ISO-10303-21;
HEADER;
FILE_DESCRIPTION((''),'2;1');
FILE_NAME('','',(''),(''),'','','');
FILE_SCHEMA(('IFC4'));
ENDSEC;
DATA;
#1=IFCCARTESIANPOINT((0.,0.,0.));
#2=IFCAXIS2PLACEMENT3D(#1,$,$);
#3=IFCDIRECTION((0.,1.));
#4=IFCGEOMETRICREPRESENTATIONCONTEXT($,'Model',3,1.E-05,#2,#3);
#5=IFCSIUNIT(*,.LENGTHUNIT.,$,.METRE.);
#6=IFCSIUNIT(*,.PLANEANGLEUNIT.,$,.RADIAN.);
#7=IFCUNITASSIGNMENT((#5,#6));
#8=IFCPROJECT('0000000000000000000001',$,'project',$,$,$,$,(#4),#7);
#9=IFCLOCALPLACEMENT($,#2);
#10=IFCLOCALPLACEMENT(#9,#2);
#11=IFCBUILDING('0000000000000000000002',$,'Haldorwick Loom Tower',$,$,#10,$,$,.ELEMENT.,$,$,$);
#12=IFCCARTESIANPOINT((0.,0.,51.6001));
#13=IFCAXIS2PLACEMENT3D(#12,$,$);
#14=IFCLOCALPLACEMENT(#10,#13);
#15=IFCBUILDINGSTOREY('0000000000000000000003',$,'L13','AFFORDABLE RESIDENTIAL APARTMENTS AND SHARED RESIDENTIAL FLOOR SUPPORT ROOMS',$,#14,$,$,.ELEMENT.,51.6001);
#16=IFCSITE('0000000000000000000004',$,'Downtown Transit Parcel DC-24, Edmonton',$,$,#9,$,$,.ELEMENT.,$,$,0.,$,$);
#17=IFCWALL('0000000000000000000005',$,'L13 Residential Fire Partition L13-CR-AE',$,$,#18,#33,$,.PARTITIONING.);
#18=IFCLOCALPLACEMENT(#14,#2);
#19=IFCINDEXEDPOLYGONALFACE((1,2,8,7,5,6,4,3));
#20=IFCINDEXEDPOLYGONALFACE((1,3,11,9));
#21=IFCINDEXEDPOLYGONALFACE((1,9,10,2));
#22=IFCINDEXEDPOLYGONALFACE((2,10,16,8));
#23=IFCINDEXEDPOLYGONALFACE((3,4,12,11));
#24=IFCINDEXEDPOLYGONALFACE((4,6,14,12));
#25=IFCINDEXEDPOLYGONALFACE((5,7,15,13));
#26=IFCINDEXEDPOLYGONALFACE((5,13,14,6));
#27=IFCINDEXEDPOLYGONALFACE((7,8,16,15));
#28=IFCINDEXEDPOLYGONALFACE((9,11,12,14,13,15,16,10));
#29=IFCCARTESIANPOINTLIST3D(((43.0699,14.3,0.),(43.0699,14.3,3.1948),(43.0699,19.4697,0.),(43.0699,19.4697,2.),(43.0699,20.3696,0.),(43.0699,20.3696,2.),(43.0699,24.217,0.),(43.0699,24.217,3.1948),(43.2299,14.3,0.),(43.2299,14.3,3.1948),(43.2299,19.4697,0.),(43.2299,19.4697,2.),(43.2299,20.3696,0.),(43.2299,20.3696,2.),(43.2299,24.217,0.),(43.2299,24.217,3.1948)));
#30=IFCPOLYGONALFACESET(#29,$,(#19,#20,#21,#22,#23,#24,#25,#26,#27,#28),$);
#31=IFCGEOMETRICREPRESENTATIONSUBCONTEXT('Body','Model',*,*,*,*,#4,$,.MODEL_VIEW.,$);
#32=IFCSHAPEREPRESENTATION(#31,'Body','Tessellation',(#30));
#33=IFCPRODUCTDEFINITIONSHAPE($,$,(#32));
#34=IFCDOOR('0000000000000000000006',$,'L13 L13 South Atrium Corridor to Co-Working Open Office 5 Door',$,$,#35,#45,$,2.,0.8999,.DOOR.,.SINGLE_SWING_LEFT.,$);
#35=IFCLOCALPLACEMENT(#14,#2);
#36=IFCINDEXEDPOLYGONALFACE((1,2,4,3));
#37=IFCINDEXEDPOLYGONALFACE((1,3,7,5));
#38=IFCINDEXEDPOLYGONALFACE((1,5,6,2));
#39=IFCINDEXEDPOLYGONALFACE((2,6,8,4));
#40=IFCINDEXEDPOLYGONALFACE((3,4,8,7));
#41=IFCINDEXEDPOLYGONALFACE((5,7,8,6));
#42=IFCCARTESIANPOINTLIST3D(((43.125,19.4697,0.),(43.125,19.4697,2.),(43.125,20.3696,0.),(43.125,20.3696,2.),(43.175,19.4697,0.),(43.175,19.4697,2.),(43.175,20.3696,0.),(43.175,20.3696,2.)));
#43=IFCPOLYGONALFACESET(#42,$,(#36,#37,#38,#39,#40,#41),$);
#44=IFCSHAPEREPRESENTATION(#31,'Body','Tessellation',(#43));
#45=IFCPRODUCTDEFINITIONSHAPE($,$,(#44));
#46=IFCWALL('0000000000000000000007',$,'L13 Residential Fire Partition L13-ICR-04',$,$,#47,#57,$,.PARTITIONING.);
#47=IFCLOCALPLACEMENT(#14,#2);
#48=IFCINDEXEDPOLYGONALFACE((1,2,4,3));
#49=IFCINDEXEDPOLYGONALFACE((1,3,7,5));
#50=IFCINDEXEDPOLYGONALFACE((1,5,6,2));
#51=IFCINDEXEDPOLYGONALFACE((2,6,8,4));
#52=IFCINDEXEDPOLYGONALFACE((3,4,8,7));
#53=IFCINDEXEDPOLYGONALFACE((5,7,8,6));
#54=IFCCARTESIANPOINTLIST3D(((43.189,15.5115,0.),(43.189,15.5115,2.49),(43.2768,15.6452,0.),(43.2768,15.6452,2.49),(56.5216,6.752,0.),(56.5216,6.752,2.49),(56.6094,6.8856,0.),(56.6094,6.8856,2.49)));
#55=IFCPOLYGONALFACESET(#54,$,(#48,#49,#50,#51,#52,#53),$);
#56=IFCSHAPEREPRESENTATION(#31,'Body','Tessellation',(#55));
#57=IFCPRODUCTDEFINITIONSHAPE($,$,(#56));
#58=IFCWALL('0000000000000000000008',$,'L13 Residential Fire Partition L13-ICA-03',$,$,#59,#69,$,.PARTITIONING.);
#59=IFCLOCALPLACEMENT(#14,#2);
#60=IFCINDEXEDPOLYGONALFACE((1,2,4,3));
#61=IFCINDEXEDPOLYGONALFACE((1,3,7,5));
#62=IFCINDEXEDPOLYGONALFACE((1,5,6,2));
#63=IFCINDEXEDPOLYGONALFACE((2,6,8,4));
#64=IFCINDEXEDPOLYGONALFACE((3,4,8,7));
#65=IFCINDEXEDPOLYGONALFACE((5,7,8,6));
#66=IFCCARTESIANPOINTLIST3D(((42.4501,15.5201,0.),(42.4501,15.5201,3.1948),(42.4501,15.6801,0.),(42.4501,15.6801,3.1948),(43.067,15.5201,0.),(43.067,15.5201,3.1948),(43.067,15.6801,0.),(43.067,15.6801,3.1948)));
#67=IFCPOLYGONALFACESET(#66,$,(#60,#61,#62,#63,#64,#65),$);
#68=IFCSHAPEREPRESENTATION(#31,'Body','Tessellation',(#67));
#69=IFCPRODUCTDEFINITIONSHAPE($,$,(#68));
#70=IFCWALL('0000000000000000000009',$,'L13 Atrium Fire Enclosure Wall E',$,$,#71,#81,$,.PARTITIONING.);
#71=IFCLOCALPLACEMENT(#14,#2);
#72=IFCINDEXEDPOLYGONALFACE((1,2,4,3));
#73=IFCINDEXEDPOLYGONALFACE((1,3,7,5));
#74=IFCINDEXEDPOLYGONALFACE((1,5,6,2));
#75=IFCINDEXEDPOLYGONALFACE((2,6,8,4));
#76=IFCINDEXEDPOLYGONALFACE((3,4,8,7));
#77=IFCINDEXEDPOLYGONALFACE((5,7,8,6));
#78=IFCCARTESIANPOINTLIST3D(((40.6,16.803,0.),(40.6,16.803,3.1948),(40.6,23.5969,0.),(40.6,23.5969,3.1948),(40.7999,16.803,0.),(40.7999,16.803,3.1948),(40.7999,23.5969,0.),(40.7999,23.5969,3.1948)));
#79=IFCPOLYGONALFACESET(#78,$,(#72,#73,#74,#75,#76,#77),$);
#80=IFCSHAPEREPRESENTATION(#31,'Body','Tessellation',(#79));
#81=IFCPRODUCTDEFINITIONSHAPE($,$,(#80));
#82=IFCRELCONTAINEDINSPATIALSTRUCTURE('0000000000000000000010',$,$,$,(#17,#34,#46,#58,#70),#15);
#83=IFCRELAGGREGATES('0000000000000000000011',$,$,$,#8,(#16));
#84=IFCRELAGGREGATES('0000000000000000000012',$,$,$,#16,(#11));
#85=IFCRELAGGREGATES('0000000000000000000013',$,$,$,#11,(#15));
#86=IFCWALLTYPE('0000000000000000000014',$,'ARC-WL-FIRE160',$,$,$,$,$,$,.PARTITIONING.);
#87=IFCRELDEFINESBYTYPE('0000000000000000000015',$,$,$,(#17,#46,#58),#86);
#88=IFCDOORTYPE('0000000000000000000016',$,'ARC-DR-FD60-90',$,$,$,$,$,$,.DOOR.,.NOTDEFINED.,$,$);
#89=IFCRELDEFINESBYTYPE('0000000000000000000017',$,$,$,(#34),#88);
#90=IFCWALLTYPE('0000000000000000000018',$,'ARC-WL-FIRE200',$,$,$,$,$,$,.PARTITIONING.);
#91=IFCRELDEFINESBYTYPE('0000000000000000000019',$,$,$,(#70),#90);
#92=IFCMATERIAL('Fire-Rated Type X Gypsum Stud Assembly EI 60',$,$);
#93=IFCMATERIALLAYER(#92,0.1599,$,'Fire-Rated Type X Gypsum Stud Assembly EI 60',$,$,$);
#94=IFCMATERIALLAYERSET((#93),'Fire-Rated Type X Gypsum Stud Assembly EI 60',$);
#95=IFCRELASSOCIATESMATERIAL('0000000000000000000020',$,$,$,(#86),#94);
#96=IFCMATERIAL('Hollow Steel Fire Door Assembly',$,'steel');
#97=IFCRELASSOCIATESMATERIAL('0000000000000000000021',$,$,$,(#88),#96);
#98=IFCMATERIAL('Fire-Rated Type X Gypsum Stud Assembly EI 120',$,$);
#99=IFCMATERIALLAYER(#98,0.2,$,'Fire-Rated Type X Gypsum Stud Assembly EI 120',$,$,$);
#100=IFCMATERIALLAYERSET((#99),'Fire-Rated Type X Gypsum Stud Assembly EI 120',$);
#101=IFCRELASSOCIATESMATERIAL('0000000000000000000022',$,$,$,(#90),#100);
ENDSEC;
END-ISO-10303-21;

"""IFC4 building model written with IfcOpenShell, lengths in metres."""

from ifc_helpers import new_model, si_unit, direction, frame, frame_2d, origin, place, context, subcontext, project, spatial, rectangle, extrude, material, layer, layer_set, type_object, element, fill, save


model = new_model("IFC4")

# Units and contexts
model_context = context("Model", 3, precision=1e-05, world=origin(), true_north=direction((0.0, 1.0)))
body_context = subcontext(model_context, "Body", "Model", "MODEL_VIEW")
ifc_project = project(units=[si_unit("LENGTHUNIT", "METRE"), si_unit("PLANEANGLEUNIT", "RADIAN")], contexts=[model_context])

# Site, building, storey
site_placement = place(None, origin())
site = spatial("IfcSite", under=ifc_project, at=site_placement, Name="Downtown Transit Parcel DC-24, Edmonton", CompositionType="ELEMENT", RefElevation=0.0)
building_placement = place(site_placement, origin())
building = spatial("IfcBuilding", under=site, at=building_placement, Name="Haldorwick Loom Tower", CompositionType="ELEMENT")
storey_placement = place(building_placement, frame((0.0, 0.0, 51.6001)))
storey = spatial("IfcBuildingStorey", under=building, at=storey_placement, Name="L13", Description="AFFORDABLE RESIDENTIAL APARTMENTS AND SHARED RESIDENTIAL FLOOR SUPPORT ROOMS", CompositionType="ELEMENT", Elevation=51.6001)

# Wall, opening, door
ifc_material_1 = material(Name="Fire-Rated Type X Gypsum Stud Assembly EI 60")
ifc_layer_1 = layer(ifc_material_1, 0.1599, Name="Fire-Rated Type X Gypsum Stud Assembly EI 60")
ifc_layer_set_1 = layer_set([ifc_layer_1], Name="Fire-Rated Type X Gypsum Stud Assembly EI 60")
wall_type_1 = type_object("IfcWallType", Name="ARC-WL-FIRE160", PredefinedType="PARTITIONING", material=ifc_layer_set_1)
wall_1_placement = place(storey_placement, frame((43.1499, 14.3, 0.0), z_axis=(0.0, 0.0, 1.0), x_axis=(0.0, 1.0, 0.0)))
wall_1 = element("IfcWall", 1, at=wall_1_placement, inside=storey, type_object=wall_type_1, Name="L13 Residential Fire Partition L13-CR-AE", PredefinedType="PARTITIONING", context=body_context, shape_type="SweptSolid", body=[
    extrude(rectangle(XDim=9.917, YDim=0.1599, at=frame_2d((4.9585, 0.0))), origin(), (0.0, 0.0, 1.0), 3.1948),
])
opening_placement = place(wall_1_placement, frame((5.1697, 0.0, 0.0)))
opening = element("IfcOpeningElement", 2, at=opening_placement, cuts=wall_1, PredefinedType="OPENING", context=body_context, shape_type="SweptSolid", body=[
    extrude(rectangle(XDim=0.8999, YDim=2.0, at=frame_2d((0.45, 1.0))), frame((0.0, 0.0898, 0.0), z_axis=(0.0, -1.0, 0.0), x_axis=(1.0, 0.0, 0.0)), (0.0, 0.0, 1.0), 0.1799),
])
ifc_material_2 = material(Name="Hollow Steel Fire Door Assembly", Category="steel")
door_type = type_object("IfcDoorType", Name="ARC-DR-FD60-90", OperationType="NOTDEFINED", PredefinedType="DOOR", material=ifc_material_2)
door_placement = place(opening_placement, origin())
door = element("IfcDoor", 3, at=door_placement, inside=storey, type_object=door_type, Name="L13 L13 South Atrium Corridor to Co-Working Open Office 5 Door", OperationType="SINGLE_SWING_LEFT", OverallHeight=2.0, OverallWidth=0.8999, PredefinedType="DOOR", context=body_context, shape_type="SweptSolid", body=[
    extrude(rectangle(XDim=0.8999, YDim=2.0, at=frame_2d((0.45, 1.0))), frame((0.0, 0.0249, 0.0), z_axis=(0.0, -1.0, 0.0), x_axis=(1.0, 0.0, 0.0)), (0.0, 0.0, 1.0), 0.05),
])
fill(opening, door)

# Walls
wall_2_placement = place(storey_placement, frame((43.2329, 15.5784, 0.0), z_axis=(0.0, 0.0, 1.0), x_axis=(0.835759, -0.549097, 0.0)))
element("IfcWall", 4, at=wall_2_placement, inside=storey, type_object=wall_type_1, Name="L13 Residential Fire Partition L13-ICR-04", PredefinedType="PARTITIONING", context=body_context, shape_type="SweptSolid", body=[
    extrude(rectangle(XDim=15.9526, YDim=0.1599, at=frame_2d((7.9763, 0.0))), origin(), (0.0, 0.0, 1.0), 2.49),
])
wall_3_placement = place(storey_placement, frame((42.45, 15.6001, 0.0), z_axis=(0.0, 0.0, 1.0), x_axis=(1.0, 0.0, 0.0)))
element("IfcWall", 5, at=wall_3_placement, inside=storey, type_object=wall_type_1, Name="L13 Residential Fire Partition L13-ICA-03", PredefinedType="PARTITIONING", context=body_context, shape_type="SweptSolid", body=[
    extrude(rectangle(XDim=0.6169, YDim=0.1599, at=frame_2d((0.3086, 0.0))), origin(), (0.0, 0.0, 1.0), 3.1948),
])
ifc_material_3 = material(Name="Fire-Rated Type X Gypsum Stud Assembly EI 120")
ifc_layer_2 = layer(ifc_material_3, 0.2, Name="Fire-Rated Type X Gypsum Stud Assembly EI 120")
ifc_layer_set_2 = layer_set([ifc_layer_2], Name="Fire-Rated Type X Gypsum Stud Assembly EI 120")
wall_type_2 = type_object("IfcWallType", Name="ARC-WL-FIRE200", PredefinedType="PARTITIONING", material=ifc_layer_set_2)
wall_4_placement = place(storey_placement, frame((40.7, 23.5969, 0.0), z_axis=(0.0, 0.0, 1.0), x_axis=(0.0, -1.0, 0.0)))
element("IfcWall", 6, at=wall_4_placement, inside=storey, type_object=wall_type_2, Name="L13 Atrium Fire Enclosure Wall E", PredefinedType="PARTITIONING", context=body_context, shape_type="SweptSolid", body=[
    extrude(rectangle(XDim=6.7939, YDim=0.2, at=frame_2d((3.397, 0.0))), origin(), (0.0, 0.0, 1.0), 3.1948),
])

save(model, "model.ifc")
